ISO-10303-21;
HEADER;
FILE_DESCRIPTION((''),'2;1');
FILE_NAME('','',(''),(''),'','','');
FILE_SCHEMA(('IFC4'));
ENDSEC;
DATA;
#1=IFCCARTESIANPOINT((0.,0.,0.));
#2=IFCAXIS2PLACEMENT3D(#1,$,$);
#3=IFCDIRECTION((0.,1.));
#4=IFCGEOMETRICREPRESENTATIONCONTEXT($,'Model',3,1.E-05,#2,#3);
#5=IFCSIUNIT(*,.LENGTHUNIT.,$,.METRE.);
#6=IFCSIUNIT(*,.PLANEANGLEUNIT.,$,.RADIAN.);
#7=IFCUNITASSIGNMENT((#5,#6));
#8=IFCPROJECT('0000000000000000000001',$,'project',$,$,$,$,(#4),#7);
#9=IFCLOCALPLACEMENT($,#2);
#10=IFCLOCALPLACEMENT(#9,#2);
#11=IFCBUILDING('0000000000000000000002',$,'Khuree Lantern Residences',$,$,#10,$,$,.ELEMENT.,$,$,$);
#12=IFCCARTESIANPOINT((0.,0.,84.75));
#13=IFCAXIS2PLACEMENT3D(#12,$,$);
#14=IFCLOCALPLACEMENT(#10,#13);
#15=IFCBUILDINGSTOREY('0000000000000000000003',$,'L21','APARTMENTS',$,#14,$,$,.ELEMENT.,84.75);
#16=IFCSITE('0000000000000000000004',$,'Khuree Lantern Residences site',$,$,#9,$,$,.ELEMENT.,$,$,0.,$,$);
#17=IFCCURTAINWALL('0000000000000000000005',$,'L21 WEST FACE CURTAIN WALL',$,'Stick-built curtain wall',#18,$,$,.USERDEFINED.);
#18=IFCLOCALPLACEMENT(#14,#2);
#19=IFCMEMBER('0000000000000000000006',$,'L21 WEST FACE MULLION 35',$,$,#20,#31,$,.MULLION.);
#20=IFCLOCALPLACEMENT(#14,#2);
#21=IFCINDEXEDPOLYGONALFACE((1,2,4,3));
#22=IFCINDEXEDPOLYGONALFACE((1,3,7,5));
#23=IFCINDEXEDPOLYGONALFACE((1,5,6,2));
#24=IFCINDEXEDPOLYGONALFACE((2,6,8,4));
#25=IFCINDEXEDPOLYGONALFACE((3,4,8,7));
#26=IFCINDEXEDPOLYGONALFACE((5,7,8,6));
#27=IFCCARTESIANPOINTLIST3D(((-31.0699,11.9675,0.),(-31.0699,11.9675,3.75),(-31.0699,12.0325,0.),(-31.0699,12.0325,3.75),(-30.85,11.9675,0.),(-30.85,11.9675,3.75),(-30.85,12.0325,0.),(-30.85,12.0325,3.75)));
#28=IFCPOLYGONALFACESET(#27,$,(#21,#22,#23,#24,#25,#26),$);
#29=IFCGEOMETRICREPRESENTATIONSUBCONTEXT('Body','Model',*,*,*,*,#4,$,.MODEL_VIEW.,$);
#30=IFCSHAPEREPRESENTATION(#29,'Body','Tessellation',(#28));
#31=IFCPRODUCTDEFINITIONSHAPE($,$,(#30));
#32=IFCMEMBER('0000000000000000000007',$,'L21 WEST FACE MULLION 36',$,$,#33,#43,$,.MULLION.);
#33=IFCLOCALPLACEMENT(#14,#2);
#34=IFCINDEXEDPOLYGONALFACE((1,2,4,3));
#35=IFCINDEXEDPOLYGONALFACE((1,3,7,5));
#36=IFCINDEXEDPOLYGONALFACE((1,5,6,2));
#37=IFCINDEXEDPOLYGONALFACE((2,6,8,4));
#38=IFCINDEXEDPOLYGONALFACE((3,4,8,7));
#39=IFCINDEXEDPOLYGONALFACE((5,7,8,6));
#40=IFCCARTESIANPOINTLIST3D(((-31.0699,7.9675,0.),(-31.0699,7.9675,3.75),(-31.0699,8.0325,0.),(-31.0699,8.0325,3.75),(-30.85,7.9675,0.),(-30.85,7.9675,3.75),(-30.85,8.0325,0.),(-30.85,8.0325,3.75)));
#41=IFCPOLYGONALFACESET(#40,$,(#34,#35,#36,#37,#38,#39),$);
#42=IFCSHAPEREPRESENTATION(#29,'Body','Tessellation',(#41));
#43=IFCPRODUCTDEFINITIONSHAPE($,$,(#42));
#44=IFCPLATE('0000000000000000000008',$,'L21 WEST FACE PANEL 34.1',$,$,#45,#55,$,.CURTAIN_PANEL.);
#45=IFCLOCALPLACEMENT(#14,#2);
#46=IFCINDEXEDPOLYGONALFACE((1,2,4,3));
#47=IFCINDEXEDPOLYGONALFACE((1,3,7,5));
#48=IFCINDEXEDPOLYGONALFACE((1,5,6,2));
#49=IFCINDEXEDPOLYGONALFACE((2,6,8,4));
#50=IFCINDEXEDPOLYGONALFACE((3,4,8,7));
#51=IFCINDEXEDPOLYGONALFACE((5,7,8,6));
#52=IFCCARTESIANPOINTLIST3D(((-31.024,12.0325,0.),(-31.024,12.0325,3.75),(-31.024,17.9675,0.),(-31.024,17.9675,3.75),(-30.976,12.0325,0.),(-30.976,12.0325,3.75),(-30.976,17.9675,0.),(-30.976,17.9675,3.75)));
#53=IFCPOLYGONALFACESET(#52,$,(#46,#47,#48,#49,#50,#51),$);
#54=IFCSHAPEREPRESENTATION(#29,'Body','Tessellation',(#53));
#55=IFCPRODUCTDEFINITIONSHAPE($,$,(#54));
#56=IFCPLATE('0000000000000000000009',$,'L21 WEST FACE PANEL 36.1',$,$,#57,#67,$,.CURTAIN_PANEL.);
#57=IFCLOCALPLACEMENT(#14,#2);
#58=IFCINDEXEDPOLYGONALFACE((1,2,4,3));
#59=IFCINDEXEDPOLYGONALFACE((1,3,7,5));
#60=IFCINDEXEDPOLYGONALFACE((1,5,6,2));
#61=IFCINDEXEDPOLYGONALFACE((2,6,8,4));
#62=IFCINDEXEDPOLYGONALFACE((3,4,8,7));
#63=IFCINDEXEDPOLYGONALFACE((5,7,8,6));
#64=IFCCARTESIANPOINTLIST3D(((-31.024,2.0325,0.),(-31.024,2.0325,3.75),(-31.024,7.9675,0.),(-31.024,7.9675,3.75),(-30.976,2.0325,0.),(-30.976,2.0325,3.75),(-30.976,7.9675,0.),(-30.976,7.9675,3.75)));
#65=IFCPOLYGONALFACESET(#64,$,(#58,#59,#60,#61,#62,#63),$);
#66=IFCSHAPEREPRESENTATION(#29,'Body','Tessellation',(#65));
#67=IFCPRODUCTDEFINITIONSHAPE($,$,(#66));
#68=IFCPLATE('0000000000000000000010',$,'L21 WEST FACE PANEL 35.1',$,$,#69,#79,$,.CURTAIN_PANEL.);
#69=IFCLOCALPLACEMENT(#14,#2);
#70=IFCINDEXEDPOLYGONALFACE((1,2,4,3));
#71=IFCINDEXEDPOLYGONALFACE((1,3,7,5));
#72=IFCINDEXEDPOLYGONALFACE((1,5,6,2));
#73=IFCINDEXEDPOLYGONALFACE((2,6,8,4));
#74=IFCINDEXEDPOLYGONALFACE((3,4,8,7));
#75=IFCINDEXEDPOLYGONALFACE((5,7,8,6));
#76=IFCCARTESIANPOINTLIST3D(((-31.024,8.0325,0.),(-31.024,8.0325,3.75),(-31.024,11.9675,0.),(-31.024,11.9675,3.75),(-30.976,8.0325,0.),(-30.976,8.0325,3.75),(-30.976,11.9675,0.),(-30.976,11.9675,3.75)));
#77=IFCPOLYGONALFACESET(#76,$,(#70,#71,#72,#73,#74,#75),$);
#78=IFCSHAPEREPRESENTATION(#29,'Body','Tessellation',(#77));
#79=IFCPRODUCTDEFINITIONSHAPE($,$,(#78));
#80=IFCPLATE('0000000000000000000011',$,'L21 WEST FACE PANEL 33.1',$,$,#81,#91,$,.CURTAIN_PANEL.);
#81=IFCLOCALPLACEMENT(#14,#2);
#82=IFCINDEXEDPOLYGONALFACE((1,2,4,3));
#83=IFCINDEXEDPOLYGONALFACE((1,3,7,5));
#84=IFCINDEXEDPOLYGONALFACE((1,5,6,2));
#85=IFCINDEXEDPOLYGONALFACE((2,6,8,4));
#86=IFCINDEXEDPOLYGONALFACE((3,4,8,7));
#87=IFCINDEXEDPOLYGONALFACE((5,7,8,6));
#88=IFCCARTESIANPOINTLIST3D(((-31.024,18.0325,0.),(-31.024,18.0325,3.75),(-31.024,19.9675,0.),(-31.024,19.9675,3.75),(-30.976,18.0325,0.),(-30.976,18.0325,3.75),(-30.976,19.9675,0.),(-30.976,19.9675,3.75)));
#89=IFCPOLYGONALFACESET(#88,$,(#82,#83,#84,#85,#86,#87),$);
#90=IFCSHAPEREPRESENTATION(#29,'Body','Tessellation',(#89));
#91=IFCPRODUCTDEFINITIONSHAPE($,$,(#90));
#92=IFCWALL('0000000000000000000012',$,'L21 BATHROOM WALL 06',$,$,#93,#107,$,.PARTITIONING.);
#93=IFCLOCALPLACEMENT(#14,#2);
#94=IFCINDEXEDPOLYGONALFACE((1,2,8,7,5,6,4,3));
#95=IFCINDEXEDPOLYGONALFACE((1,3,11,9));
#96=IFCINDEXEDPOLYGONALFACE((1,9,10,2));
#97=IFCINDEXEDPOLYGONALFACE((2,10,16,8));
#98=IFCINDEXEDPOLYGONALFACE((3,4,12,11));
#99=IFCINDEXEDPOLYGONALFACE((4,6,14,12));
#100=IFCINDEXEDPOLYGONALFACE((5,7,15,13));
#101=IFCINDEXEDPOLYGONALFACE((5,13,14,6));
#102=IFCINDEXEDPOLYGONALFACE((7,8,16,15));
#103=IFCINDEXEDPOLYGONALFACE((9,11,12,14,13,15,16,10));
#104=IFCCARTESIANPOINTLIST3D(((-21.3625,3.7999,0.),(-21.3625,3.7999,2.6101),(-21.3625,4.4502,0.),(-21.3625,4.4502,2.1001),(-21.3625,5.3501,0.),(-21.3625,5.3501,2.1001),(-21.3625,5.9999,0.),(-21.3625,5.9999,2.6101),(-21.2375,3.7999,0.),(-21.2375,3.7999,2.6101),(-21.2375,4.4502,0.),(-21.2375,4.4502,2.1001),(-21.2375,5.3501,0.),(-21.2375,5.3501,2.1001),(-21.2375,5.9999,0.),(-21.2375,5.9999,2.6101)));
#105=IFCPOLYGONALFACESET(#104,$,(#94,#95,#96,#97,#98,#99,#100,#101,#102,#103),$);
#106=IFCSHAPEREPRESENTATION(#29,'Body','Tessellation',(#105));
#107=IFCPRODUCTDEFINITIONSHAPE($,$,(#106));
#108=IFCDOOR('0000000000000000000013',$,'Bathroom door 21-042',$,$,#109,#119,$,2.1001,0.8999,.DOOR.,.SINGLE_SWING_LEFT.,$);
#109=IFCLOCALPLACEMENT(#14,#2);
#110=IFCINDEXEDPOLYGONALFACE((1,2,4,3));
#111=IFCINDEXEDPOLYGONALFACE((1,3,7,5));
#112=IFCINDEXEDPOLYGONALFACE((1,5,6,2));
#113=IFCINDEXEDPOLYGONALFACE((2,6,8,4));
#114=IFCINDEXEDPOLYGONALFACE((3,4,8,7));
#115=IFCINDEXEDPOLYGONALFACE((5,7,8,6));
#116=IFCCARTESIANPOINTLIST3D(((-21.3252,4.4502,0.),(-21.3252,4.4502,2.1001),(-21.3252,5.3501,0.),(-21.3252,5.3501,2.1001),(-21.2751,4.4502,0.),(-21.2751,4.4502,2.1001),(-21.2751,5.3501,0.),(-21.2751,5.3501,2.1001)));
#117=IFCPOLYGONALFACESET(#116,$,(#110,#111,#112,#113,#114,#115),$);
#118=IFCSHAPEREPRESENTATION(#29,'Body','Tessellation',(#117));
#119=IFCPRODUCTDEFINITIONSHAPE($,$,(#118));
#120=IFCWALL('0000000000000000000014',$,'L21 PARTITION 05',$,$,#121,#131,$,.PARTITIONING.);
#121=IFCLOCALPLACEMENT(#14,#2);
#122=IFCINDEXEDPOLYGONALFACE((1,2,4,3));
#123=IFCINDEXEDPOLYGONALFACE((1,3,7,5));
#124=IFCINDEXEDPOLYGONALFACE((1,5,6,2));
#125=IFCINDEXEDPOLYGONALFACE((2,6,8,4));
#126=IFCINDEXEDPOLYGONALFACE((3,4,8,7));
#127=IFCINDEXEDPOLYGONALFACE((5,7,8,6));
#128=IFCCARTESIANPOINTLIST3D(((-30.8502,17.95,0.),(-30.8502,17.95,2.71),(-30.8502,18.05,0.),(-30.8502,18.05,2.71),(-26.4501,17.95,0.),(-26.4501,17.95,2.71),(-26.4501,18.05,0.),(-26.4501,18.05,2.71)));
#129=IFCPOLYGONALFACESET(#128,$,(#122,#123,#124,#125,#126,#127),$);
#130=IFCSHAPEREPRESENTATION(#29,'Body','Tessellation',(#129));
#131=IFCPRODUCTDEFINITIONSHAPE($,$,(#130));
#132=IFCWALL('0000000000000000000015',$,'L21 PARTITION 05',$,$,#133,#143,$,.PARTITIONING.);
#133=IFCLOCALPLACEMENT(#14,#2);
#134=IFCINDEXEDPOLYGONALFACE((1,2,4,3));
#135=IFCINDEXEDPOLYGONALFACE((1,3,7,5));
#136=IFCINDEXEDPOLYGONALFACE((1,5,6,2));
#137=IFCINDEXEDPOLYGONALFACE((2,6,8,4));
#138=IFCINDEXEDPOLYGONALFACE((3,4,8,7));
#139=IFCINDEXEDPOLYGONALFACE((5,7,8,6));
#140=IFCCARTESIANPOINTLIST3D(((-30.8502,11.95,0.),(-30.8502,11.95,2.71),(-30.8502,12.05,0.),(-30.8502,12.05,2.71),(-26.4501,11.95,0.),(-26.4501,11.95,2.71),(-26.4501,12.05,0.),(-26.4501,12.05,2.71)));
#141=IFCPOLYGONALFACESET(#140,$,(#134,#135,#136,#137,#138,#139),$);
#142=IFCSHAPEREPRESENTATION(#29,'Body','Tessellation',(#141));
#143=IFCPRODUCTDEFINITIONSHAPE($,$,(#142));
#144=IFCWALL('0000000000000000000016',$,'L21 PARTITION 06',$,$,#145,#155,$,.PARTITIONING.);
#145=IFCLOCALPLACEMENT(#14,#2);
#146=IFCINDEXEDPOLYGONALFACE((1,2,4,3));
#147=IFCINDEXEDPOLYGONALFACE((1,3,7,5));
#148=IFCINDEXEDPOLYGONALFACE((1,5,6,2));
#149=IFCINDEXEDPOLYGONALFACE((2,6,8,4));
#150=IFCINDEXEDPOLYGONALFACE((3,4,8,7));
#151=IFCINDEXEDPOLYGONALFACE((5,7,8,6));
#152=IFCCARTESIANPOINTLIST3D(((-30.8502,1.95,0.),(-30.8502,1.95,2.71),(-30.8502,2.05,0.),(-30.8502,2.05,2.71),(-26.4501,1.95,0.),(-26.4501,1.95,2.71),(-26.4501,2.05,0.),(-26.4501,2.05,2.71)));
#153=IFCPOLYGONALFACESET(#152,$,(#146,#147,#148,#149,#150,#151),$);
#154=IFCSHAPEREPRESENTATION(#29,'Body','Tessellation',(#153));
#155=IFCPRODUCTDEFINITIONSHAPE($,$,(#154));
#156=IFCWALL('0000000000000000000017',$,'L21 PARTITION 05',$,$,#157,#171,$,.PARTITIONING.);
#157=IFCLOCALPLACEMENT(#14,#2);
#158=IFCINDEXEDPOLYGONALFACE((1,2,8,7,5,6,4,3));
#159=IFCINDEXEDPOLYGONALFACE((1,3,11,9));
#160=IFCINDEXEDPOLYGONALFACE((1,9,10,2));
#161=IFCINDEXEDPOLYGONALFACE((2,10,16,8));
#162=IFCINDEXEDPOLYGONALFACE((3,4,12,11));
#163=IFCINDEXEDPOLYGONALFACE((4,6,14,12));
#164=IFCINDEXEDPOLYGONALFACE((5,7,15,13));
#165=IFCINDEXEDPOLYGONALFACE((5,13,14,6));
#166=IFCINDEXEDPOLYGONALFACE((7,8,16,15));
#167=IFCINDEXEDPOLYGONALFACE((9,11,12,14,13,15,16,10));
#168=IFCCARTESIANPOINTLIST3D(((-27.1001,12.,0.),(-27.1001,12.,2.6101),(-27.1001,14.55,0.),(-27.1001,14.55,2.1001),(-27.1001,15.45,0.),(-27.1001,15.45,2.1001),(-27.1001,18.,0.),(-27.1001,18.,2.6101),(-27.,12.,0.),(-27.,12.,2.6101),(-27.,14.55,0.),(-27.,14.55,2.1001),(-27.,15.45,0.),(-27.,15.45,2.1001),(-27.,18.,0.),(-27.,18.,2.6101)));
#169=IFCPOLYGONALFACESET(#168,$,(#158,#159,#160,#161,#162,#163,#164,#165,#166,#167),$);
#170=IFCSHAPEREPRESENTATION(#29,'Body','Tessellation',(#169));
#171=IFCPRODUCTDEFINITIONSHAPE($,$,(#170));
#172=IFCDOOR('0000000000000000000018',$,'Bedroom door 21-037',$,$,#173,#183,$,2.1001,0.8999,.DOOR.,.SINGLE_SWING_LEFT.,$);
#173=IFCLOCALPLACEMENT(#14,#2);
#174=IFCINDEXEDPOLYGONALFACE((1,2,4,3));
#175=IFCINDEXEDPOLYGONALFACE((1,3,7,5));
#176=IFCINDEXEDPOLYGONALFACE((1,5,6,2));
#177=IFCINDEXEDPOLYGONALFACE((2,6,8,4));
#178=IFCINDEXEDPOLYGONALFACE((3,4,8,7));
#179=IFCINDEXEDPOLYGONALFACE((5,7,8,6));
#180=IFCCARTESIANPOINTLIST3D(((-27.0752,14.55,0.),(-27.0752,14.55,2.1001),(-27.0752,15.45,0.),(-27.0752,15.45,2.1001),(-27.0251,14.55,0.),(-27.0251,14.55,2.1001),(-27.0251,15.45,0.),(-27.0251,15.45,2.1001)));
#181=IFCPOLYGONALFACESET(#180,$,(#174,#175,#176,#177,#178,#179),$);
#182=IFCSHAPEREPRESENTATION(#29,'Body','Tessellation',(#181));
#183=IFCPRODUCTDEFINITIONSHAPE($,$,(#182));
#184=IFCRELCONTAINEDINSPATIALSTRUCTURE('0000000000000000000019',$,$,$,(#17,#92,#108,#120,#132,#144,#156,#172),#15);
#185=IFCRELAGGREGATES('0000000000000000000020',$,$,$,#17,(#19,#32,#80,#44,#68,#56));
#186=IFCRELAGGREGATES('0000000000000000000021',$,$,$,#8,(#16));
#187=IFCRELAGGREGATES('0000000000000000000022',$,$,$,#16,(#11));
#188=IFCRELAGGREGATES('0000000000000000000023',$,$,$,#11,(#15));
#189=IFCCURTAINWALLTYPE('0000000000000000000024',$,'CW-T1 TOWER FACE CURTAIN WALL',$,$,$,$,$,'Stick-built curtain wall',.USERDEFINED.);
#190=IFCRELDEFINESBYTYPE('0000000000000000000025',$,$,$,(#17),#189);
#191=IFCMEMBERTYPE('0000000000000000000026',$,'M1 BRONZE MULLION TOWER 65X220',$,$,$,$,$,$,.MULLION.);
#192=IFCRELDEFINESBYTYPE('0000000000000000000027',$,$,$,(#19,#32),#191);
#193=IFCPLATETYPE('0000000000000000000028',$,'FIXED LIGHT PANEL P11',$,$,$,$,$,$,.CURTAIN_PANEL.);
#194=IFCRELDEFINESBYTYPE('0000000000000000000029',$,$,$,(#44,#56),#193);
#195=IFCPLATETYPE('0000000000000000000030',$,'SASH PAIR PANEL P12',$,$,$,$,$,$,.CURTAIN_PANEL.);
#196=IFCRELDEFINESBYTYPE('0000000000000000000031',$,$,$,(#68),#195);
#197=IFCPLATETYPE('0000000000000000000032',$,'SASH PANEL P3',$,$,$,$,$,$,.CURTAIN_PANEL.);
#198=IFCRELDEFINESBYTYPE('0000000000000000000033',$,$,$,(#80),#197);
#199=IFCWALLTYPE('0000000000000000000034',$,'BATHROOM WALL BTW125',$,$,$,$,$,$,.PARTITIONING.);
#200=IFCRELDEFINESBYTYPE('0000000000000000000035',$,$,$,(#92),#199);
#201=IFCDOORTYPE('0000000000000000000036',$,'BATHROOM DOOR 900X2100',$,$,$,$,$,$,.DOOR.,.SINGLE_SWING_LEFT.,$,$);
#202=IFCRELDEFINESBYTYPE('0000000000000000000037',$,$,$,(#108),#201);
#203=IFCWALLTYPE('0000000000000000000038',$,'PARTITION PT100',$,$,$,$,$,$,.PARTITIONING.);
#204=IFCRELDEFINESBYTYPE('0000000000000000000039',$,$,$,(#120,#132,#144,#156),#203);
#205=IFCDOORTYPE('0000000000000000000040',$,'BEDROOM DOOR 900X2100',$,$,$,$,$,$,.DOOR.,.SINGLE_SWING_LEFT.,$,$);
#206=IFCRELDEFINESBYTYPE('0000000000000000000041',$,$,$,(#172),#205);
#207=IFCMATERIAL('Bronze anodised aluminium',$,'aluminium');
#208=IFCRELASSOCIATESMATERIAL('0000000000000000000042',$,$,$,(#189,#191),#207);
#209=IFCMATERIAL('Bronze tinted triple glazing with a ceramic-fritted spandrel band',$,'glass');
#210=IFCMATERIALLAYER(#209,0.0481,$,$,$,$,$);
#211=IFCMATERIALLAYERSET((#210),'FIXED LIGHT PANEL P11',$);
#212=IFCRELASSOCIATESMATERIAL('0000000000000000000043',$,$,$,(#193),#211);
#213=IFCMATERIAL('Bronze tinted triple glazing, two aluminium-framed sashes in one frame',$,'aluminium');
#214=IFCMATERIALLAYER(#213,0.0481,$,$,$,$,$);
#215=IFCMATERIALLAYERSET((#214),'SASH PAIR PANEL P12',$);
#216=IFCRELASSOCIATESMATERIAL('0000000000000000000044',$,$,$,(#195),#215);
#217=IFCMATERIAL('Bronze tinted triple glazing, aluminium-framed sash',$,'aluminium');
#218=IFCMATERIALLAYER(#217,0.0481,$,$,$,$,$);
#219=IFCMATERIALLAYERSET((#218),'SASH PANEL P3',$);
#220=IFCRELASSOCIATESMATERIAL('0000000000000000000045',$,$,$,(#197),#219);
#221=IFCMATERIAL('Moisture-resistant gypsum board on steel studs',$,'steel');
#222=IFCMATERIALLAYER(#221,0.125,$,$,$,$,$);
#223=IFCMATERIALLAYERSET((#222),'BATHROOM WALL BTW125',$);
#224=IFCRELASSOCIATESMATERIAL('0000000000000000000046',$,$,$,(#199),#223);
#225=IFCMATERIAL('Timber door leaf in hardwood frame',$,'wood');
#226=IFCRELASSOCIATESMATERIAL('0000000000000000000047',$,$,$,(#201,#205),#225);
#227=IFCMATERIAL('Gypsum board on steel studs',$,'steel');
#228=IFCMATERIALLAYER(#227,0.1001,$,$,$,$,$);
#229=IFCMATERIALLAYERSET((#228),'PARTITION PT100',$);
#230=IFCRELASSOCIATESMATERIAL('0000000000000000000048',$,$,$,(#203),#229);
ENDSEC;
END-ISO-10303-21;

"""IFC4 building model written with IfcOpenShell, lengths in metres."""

from ifc_helpers import new_model, si_unit, direction, frame, frame_2d, origin, origin_2d, place, context, subcontext, project, spatial, rectangle, extrude, material, layer, layer_set, material_profile, profile_set, type_object, element, fill, aggregate, save


model = new_model("IFC4")

# Units and contexts
model_context = context("Model", 3, precision=1e-05, world=origin(), true_north=direction((0.0, 1.0)))
body_context = subcontext(model_context, "Body", "Model", "MODEL_VIEW")
ifc_project = project(units=[si_unit("LENGTHUNIT", "METRE"), si_unit("PLANEANGLEUNIT", "RADIAN")], contexts=[model_context])

# Site, building, storey
site_placement = place(None, origin())
site = spatial("IfcSite", under=ifc_project, at=site_placement, Name="Khuree Lantern Residences site", CompositionType="ELEMENT", RefElevation=0.0)
building_placement = place(site_placement, origin())
building = spatial("IfcBuilding", under=site, at=building_placement, Name="Khuree Lantern Residences", CompositionType="ELEMENT")
storey_placement = place(building_placement, frame((0.0, 0.0, 84.75)))
storey = spatial("IfcBuildingStorey", under=building, at=storey_placement, Name="L21", Description="APARTMENTS", CompositionType="ELEMENT", Elevation=84.75)

# Curtain wall
ifc_material_1 = material(Name="Bronze anodised aluminium", Category="aluminium")
curtain_wall_type = type_object("IfcCurtainWallType", Name="CW-T1 TOWER FACE CURTAIN WALL", ElementType="Stick-built curtain wall", PredefinedType="USERDEFINED", material=ifc_material_1)
curtain_wall_placement = place(storey_placement, origin())
curtain_wall = element("IfcCurtainWall", 1, at=curtain_wall_placement, inside=storey, type_object=curtain_wall_type, Name="L21 WEST FACE CURTAIN WALL", ObjectType="Stick-built curtain wall", PredefinedType="USERDEFINED")

# Members
ifc_material_profile_1 = material_profile(ifc_material_1, rectangle(XDim=0.0649, YDim=0.22, at=origin_2d()), Name="M1 65X220")
ifc_profile_set_1 = profile_set([ifc_material_profile_1], Name="Bronze anodised aluminium")
member_type_1 = type_object("IfcMemberType", Name="M1 BRONZE MULLION TOWER 65X220", PredefinedType="MULLION", material=ifc_profile_set_1)
member_1_placement = place(storey_placement, frame((-30.96, 12.0, 0.0), z_axis=(0.0, 0.0, 1.0), x_axis=(0.0, -1.0, 0.0)))
member_1 = element("IfcMember", 2, at=member_1_placement, type_object=member_type_1, Name="L21 WEST FACE MULLION 35", PredefinedType="MULLION", context=body_context, shape_type="SweptSolid", body=[
    extrude(rectangle(XDim=0.0649, YDim=0.22, at=origin_2d()), origin(), (0.0, 0.0, 1.0), 3.75),
])
member_2_placement = place(storey_placement, frame((-30.96, 8.0, 0.0), z_axis=(0.0, 0.0, 1.0), x_axis=(0.0, -1.0, 0.0)))
member_2 = element("IfcMember", 3, at=member_2_placement, type_object=member_type_1, Name="L21 WEST FACE MULLION 36", PredefinedType="MULLION", context=body_context, shape_type="SweptSolid", body=[
    extrude(rectangle(XDim=0.0649, YDim=0.22, at=origin_2d()), origin(), (0.0, 0.0, 1.0), 3.75),
])

# Plates
ifc_material_2 = material(Name="Bronze tinted triple glazing with a ceramic-fritted spandrel band", Category="glass")
ifc_layer_1 = layer(ifc_material_2, 0.0481)
ifc_layer_set_1 = layer_set([ifc_layer_1], Name="FIXED LIGHT PANEL P11")
plate_type_1 = type_object("IfcPlateType", Name="FIXED LIGHT PANEL P11", PredefinedType="CURTAIN_PANEL", material=ifc_layer_set_1)
plate_1_placement = place(storey_placement, frame((-31.0, 15.0, 0.0), z_axis=(0.0, 0.0, 1.0), x_axis=(0.0, -1.0, 0.0)))
plate_1 = element("IfcPlate", 4, at=plate_1_placement, type_object=plate_type_1, Name="L21 WEST FACE PANEL 34.1", PredefinedType="CURTAIN_PANEL", context=body_context, shape_type="SweptSolid", body=[
    extrude(rectangle(XDim=5.9351, YDim=0.0481, at=origin_2d()), origin(), (0.0, 0.0, 1.0), 3.75),
])
plate_2_placement = place(storey_placement, frame((-31.0, 5.0, 0.0), z_axis=(0.0, 0.0, 1.0), x_axis=(0.0, -1.0, 0.0)))
plate_2 = element("IfcPlate", 5, at=plate_2_placement, type_object=plate_type_1, Name="L21 WEST FACE PANEL 36.1", PredefinedType="CURTAIN_PANEL", context=body_context, shape_type="SweptSolid", body=[
    extrude(rectangle(XDim=5.9351, YDim=0.0481, at=origin_2d()), origin(), (0.0, 0.0, 1.0), 3.75),
])
ifc_material_3 = material(Name="Bronze tinted triple glazing, two aluminium-framed sashes in one frame", Category="aluminium")
ifc_layer_2 = layer(ifc_material_3, 0.0481)
ifc_layer_set_2 = layer_set([ifc_layer_2], Name="SASH PAIR PANEL P12")
plate_type_2 = type_object("IfcPlateType", Name="SASH PAIR PANEL P12", PredefinedType="CURTAIN_PANEL", material=ifc_layer_set_2)
plate_3_placement = place(storey_placement, frame((-31.0, 10.0, 0.0), z_axis=(0.0, 0.0, 1.0), x_axis=(0.0, -1.0, 0.0)))
plate_3 = element("IfcPlate", 6, at=plate_3_placement, type_object=plate_type_2, Name="L21 WEST FACE PANEL 35.1", PredefinedType="CURTAIN_PANEL", context=body_context, shape_type="SweptSolid", body=[
    extrude(rectangle(XDim=3.9351, YDim=0.0481, at=origin_2d()), origin(), (0.0, 0.0, 1.0), 3.75),
])
ifc_material_4 = material(Name="Bronze tinted triple glazing, aluminium-framed sash", Category="aluminium")
ifc_layer_3 = layer(ifc_material_4, 0.0481)
ifc_layer_set_3 = layer_set([ifc_layer_3], Name="SASH PANEL P3")
plate_type_3 = type_object("IfcPlateType", Name="SASH PANEL P3", PredefinedType="CURTAIN_PANEL", material=ifc_layer_set_3)
plate_4_placement = place(storey_placement, frame((-31.0, 19.0, 0.0), z_axis=(0.0, 0.0, 1.0), x_axis=(0.0, -1.0, 0.0)))
plate_4 = element("IfcPlate", 7, at=plate_4_placement, type_object=plate_type_3, Name="L21 WEST FACE PANEL 33.1", PredefinedType="CURTAIN_PANEL", context=body_context, shape_type="SweptSolid", body=[
    extrude(rectangle(XDim=1.9351, YDim=0.0481, at=origin_2d()), origin(), (0.0, 0.0, 1.0), 3.75),
])
aggregate(curtain_wall, [member_1, member_2, plate_4, plate_1, plate_3, plate_2])

# Wall, opening, door
ifc_material_5 = material(Name="Moisture-resistant gypsum board on steel studs", Category="steel")
ifc_layer_4 = layer(ifc_material_5, 0.125)
ifc_layer_set_4 = layer_set([ifc_layer_4], Name="BATHROOM WALL BTW125")
wall_type_1 = type_object("IfcWallType", Name="BATHROOM WALL BTW125", PredefinedType="PARTITIONING", material=ifc_layer_set_4)
wall_1_placement = place(storey_placement, frame((-21.3, 6.0, 0.0), z_axis=(0.0, 0.0, 1.0), x_axis=(0.0, -1.0, 0.0)))
wall_1 = element("IfcWall", 8, at=wall_1_placement, inside=storey, type_object=wall_type_1, Name="L21 BATHROOM WALL 06", PredefinedType="PARTITIONING", context=body_context, shape_type="SweptSolid", body=[
    extrude(rectangle(XDim=2.2, YDim=0.125, at=frame_2d((1.1001, 0.0))), origin(), (0.0, 0.0, 1.0), 2.6101),
])
opening_1_placement = place(wall_1_placement, frame((0.6499, 0.0, 0.0)))
opening_1 = element("IfcOpeningElement", 9, at=opening_1_placement, cuts=wall_1, PredefinedType="OPENING", context=body_context, shape_type="SweptSolid", body=[
    extrude(rectangle(XDim=0.8999, YDim=2.1001, at=frame_2d((0.45, 1.05))), frame((0.0, 0.0725, 0.0), z_axis=(0.0, -1.0, 0.0), x_axis=(1.0, 0.0, 0.0)), (0.0, 0.0, 1.0), 0.145),
])
ifc_material_6 = material(Name="Timber door leaf in hardwood frame", Category="wood")
door_type_1 = type_object("IfcDoorType", Name="BATHROOM DOOR 900X2100", OperationType="SINGLE_SWING_LEFT", PredefinedType="DOOR", material=ifc_material_6)
door_1_placement = place(opening_1_placement, origin())
door_1 = element("IfcDoor", 10, at=door_1_placement, inside=storey, type_object=door_type_1, Name="Bathroom door 21-042", OperationType="SINGLE_SWING_LEFT", OverallHeight=2.1001, OverallWidth=0.8999, PredefinedType="DOOR", context=body_context, shape_type="SweptSolid", body=[
    extrude(rectangle(XDim=0.8999, YDim=2.1001, at=frame_2d((0.45, 1.05))), frame((0.0, 0.0249, 0.0), z_axis=(0.0, -1.0, 0.0), x_axis=(1.0, 0.0, 0.0)), (0.0, 0.0, 1.0), 0.05),
])
fill(opening_1, door_1)

# Walls
ifc_material_7 = material(Name="Gypsum board on steel studs", Category="steel")
ifc_layer_5 = layer(ifc_material_7, 0.1001)
ifc_layer_set_5 = layer_set([ifc_layer_5], Name="PARTITION PT100")
wall_type_2 = type_object("IfcWallType", Name="PARTITION PT100", PredefinedType="PARTITIONING", material=ifc_layer_set_5)
for number, where, z_axis, x_axis, name in (
    (11, (-26.45, 18.0, 0.0), (0.0, 0.0, 1.0), (-1.0, 0.0, 0.0), "L21 PARTITION 05"),
    (12, (-26.45, 12.0, 0.0), (0.0, 0.0, 1.0), (-1.0, 0.0, 0.0), "L21 PARTITION 05"),
    (13, (-26.45, 2.0, 0.0), (0.0, 0.0, 1.0), (-1.0, 0.0, 0.0), "L21 PARTITION 06"),
):
    element("IfcWall", number, at=place(storey_placement, frame(where, z_axis=z_axis, x_axis=x_axis)), inside=storey, type_object=wall_type_2, Name=name, PredefinedType="PARTITIONING", context=body_context, shape_type="SweptSolid", body=[
        extrude(rectangle(XDim=4.4001, YDim=0.1001, at=frame_2d((2.2002, 0.0))), origin(), (0.0, 0.0, 1.0), 2.71),
    ])

# Wall, opening, door
wall_2_placement = place(storey_placement, frame((-27.05, 18.0, 0.0), z_axis=(0.0, 0.0, 1.0), x_axis=(0.0, -1.0, 0.0)))
wall_2 = element("IfcWall", 14, at=wall_2_placement, inside=storey, type_object=wall_type_2, Name="L21 PARTITION 05", PredefinedType="PARTITIONING", context=body_context, shape_type="SweptSolid", body=[
    extrude(rectangle(XDim=6.0, YDim=0.1001, at=frame_2d((3.0, 0.0))), origin(), (0.0, 0.0, 1.0), 2.6101),
])
opening_2_placement = place(wall_2_placement, frame((2.55, 0.0, 0.0)))
opening_2 = element("IfcOpeningElement", 15, at=opening_2_placement, cuts=wall_2, PredefinedType="OPENING", context=body_context, shape_type="SweptSolid", body=[
    extrude(rectangle(XDim=0.8999, YDim=2.1001, at=frame_2d((0.45, 1.05))), frame((0.0, 0.0601, 0.0), z_axis=(0.0, -1.0, 0.0), x_axis=(1.0, 0.0, 0.0)), (0.0, 0.0, 1.0), 0.1201),
])
door_type_2 = type_object("IfcDoorType", Name="BEDROOM DOOR 900X2100", OperationType="SINGLE_SWING_LEFT", PredefinedType="DOOR", material=ifc_material_6)
door_2_placement = place(opening_2_placement, origin())
door_2 = element("IfcDoor", 16, at=door_2_placement, inside=storey, type_object=door_type_2, Name="Bedroom door 21-037", OperationType="SINGLE_SWING_LEFT", OverallHeight=2.1001, OverallWidth=0.8999, PredefinedType="DOOR", context=body_context, shape_type="SweptSolid", body=[
    extrude(rectangle(XDim=0.8999, YDim=2.1001, at=frame_2d((0.45, 1.05))), frame((0.0, 0.0249, 0.0), z_axis=(0.0, -1.0, 0.0), x_axis=(1.0, 0.0, 0.0)), (0.0, 0.0, 1.0), 0.05),
])
fill(opening_2, door_2)

save(model, "model.ifc")
